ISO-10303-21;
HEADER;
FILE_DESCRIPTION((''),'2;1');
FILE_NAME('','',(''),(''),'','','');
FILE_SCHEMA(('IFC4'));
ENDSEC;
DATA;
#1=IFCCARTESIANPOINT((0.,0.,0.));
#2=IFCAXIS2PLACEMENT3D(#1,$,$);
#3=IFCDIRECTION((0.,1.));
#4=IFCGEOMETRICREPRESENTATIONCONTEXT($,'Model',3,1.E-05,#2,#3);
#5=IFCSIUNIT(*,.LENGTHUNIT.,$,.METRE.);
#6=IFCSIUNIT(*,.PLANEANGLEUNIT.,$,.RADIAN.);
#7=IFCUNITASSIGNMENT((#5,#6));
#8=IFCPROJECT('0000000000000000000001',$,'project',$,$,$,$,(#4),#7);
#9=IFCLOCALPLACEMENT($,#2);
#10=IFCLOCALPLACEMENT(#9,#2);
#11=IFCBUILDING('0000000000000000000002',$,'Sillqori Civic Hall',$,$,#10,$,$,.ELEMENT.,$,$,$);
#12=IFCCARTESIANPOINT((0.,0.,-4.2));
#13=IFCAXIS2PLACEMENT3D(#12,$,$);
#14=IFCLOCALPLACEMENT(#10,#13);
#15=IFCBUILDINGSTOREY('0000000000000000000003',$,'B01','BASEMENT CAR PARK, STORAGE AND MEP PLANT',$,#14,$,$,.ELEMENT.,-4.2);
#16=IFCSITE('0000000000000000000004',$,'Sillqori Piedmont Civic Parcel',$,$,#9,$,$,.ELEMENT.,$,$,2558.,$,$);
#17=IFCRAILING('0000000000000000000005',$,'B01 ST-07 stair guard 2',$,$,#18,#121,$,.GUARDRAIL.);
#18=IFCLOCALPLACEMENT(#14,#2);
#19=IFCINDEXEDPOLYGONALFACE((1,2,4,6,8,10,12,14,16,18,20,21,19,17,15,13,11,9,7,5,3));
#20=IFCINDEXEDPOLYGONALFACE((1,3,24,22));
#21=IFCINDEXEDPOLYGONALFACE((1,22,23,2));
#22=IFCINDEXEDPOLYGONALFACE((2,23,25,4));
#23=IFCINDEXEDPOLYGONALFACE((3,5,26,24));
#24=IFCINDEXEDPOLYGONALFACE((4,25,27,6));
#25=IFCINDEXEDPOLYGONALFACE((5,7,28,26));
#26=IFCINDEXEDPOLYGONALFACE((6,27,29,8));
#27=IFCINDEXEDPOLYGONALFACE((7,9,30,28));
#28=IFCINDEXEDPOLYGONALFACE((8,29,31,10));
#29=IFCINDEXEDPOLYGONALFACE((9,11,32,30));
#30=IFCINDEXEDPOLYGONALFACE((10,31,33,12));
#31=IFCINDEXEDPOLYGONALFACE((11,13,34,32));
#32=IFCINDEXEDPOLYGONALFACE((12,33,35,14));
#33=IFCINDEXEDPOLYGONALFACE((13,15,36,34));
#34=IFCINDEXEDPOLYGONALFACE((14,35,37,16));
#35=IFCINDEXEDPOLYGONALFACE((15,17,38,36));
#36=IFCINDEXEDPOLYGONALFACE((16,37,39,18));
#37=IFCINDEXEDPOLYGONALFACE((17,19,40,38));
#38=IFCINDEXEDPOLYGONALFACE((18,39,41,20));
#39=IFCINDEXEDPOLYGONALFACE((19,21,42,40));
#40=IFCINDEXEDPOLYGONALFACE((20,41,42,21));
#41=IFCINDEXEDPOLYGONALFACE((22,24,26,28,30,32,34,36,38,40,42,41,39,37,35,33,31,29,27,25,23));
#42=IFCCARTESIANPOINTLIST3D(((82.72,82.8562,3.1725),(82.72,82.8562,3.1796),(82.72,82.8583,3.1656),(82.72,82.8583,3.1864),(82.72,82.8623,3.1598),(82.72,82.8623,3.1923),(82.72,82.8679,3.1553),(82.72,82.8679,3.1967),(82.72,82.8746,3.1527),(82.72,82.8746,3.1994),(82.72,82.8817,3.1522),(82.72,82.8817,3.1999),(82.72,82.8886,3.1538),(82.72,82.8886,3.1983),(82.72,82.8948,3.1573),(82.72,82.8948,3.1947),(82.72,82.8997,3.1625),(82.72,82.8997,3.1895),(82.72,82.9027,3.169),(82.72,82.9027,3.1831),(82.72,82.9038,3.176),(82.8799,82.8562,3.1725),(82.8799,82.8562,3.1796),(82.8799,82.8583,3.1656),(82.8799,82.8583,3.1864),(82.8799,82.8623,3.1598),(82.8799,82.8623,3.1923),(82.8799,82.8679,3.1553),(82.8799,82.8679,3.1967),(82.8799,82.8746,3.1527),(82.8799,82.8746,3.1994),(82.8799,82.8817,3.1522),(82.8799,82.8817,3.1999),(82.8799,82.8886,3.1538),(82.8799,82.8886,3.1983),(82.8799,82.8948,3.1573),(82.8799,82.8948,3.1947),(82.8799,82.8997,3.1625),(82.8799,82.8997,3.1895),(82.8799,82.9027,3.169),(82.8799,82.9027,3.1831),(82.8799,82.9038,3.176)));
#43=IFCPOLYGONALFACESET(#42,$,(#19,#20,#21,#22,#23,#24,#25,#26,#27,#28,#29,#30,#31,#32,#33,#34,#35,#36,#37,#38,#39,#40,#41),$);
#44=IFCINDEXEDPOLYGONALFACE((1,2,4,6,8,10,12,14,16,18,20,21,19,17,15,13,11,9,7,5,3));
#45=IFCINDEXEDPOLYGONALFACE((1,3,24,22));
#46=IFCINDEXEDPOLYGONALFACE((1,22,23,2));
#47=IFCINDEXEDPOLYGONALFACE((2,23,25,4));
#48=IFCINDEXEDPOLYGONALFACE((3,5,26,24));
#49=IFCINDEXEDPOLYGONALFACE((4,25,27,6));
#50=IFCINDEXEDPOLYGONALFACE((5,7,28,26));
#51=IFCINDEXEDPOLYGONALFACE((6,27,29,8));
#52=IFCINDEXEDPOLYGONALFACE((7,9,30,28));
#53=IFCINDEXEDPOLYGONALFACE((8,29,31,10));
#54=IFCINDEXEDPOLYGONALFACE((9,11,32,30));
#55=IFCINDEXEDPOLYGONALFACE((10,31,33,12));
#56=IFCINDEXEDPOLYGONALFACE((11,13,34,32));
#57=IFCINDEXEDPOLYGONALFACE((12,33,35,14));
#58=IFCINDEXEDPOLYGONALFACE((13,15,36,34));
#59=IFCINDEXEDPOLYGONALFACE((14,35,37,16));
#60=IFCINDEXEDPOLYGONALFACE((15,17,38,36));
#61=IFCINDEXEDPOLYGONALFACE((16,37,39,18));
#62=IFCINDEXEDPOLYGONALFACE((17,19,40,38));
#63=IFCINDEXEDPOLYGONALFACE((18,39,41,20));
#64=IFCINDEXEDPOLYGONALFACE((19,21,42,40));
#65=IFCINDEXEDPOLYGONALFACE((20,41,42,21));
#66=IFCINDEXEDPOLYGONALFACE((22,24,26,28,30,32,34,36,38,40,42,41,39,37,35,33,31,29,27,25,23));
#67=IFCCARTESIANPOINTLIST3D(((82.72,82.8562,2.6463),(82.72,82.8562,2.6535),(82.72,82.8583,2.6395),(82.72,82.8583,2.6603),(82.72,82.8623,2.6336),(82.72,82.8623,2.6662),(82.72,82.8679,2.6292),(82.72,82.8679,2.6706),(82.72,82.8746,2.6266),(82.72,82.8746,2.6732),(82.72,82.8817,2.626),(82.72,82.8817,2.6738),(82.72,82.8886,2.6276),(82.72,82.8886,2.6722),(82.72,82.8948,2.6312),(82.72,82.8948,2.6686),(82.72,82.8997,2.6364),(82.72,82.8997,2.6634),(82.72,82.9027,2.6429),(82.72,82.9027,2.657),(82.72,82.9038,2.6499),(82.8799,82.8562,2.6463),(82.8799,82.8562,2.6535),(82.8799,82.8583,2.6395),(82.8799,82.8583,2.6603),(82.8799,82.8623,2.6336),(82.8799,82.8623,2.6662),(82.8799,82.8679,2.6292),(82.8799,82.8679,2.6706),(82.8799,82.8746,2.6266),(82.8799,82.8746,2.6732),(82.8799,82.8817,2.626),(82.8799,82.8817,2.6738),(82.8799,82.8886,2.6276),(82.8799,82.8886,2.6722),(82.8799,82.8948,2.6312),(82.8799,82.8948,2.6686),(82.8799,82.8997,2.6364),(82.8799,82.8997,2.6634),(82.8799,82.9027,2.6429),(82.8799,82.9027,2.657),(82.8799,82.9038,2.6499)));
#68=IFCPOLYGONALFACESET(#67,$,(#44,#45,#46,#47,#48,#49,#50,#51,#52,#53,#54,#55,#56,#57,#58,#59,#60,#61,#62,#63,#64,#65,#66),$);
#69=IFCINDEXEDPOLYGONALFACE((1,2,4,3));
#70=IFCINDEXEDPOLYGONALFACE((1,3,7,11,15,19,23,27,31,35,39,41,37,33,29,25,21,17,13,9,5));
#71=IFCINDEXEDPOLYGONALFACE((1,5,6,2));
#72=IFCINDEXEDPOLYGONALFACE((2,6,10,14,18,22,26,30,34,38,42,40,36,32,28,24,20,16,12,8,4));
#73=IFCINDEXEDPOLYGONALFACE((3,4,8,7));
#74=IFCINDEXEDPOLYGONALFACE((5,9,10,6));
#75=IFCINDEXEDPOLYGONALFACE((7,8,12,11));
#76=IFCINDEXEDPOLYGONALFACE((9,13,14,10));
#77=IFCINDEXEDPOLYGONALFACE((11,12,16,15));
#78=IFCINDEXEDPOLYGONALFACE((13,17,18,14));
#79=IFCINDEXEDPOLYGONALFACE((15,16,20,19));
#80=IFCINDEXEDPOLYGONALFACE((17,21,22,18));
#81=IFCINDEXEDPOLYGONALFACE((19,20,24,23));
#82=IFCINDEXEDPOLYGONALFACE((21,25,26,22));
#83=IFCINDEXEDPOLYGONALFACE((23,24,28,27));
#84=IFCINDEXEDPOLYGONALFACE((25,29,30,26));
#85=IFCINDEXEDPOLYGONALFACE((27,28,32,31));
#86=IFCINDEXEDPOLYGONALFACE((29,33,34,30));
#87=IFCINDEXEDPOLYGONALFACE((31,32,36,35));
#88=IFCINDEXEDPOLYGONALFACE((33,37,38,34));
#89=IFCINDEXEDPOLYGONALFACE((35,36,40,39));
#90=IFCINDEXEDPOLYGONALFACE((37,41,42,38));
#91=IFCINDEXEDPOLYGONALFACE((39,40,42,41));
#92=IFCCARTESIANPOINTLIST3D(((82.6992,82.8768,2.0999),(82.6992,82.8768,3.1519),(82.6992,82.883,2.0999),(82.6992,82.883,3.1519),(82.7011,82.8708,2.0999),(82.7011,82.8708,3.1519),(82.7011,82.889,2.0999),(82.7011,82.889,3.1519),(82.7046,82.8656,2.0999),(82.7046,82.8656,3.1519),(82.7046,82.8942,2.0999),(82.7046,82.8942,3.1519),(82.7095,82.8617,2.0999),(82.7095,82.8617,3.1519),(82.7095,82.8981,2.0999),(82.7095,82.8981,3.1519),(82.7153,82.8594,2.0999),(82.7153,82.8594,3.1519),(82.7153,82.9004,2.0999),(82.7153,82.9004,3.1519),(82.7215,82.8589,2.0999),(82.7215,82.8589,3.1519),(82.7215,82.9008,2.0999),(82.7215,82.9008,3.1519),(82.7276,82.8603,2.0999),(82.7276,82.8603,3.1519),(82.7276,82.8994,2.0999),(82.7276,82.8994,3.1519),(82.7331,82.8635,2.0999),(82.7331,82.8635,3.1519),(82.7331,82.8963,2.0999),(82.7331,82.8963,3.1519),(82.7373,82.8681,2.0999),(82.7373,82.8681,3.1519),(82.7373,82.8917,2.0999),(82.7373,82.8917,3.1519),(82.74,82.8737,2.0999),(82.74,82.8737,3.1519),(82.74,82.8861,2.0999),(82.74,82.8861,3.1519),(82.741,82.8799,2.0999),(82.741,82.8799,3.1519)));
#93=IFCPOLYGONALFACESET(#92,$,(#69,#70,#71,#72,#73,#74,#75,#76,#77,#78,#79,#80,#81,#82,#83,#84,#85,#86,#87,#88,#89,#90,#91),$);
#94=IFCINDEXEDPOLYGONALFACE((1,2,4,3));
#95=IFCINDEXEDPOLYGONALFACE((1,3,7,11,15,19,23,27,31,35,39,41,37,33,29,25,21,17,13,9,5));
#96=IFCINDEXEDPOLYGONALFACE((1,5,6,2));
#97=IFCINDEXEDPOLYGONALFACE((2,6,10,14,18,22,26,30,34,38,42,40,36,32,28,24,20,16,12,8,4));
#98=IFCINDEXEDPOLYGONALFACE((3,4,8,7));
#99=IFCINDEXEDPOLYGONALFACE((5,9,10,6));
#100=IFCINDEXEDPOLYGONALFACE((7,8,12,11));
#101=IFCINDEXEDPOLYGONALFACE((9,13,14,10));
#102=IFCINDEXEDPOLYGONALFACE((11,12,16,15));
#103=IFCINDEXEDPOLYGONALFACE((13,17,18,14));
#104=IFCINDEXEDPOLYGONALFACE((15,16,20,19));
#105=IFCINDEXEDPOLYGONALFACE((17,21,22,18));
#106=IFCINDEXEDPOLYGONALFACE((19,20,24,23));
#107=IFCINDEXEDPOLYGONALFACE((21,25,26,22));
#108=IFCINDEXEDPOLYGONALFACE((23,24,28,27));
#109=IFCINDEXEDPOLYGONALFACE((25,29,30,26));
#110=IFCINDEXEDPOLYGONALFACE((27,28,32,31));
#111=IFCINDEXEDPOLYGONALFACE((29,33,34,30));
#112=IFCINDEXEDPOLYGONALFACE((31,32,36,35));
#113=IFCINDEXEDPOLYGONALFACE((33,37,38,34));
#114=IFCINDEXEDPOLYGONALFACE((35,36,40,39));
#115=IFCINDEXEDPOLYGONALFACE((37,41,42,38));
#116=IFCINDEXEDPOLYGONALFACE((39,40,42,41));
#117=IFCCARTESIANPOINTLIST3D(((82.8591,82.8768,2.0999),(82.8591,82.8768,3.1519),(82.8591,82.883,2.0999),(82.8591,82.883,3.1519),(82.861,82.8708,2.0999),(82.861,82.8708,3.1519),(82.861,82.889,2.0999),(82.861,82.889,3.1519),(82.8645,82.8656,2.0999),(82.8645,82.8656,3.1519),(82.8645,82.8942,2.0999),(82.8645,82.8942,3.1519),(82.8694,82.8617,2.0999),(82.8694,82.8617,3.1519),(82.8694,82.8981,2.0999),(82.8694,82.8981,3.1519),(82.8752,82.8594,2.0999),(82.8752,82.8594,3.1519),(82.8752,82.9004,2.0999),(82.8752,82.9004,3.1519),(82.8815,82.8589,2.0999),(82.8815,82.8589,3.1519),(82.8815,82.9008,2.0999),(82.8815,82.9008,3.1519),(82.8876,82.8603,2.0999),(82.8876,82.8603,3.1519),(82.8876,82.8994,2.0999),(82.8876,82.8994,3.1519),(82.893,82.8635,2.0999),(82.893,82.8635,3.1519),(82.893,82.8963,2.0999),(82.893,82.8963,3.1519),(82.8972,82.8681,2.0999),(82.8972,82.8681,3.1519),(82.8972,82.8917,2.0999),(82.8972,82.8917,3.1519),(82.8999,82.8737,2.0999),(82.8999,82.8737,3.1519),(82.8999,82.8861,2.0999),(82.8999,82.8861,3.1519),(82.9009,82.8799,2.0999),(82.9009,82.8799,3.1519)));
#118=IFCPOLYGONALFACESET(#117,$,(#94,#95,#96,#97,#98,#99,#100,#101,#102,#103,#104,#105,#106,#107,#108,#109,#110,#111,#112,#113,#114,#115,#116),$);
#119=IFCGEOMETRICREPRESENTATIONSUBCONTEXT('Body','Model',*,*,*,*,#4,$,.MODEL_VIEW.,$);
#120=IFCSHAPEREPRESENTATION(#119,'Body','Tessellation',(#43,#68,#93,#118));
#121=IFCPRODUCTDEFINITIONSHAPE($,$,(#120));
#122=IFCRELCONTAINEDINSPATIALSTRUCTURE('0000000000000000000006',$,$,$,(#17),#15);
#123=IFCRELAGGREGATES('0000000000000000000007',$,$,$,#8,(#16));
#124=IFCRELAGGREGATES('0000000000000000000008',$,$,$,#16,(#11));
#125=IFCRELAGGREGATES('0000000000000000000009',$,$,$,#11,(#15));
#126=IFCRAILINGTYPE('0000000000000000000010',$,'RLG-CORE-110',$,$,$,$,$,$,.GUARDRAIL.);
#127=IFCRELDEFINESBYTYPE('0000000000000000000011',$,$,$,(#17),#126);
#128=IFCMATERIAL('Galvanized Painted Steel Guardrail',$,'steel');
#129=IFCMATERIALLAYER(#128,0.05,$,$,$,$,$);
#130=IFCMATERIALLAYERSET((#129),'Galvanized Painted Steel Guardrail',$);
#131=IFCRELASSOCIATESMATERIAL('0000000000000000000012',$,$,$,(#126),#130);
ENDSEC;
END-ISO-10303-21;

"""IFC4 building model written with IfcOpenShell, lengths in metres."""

from ifc_helpers import new_model, si_unit, direction, frame, origin, origin_2d, place, context, subcontext, project, spatial, circle, extrude, material, layer, layer_set, type_object, element, save


model = new_model("IFC4")

# Units and contexts
model_context = context("Model", 3, precision=1e-05, world=origin(), true_north=direction((0.0, 1.0)))
body_context = subcontext(model_context, "Body", "Model", "MODEL_VIEW")
ifc_project = project(units=[si_unit("LENGTHUNIT", "METRE"), si_unit("PLANEANGLEUNIT", "RADIAN")], contexts=[model_context])

# Site, building, storey
site_placement = place(None, origin())
site = spatial("IfcSite", under=ifc_project, at=site_placement, Name="Sillqori Piedmont Civic Parcel", CompositionType="ELEMENT", RefElevation=2558.0)
building_placement = place(site_placement, origin())
building = spatial("IfcBuilding", under=site, at=building_placement, Name="Sillqori Civic Hall", CompositionType="ELEMENT")
storey_placement = place(building_placement, frame((0.0, 0.0, -4.2)))
storey = spatial("IfcBuildingStorey", under=building, at=storey_placement, Name="B01", Description="BASEMENT CAR PARK, STORAGE AND MEP PLANT", CompositionType="ELEMENT", Elevation=-4.2)

# Railing
ifc_material_1 = material(Name="Galvanized Painted Steel Guardrail", Category="steel")
ifc_layer_1 = layer(ifc_material_1, 0.05)
ifc_layer_set_1 = layer_set([ifc_layer_1], Name="Galvanized Painted Steel Guardrail")
railing_type = type_object("IfcRailingType", Name="RLG-CORE-110", PredefinedType="GUARDRAIL", material=ifc_layer_set_1)
railing_placement = place(storey_placement, frame((82.72, 82.8799, 2.0999)))
element("IfcRailing", 1, at=railing_placement, inside=storey, type_object=railing_type, Name="B01 ST-07 stair guard 2", PredefinedType="GUARDRAIL", context=body_context, shape_type="SweptSolid", body=[
    extrude(circle(Radius=0.0239, at=origin_2d()), frame((0.0, 0.0, 1.0762), z_axis=(1.0, 0.0, 0.0), x_axis=(0.0, 1.0, 0.0)), (0.0, 0.0, 1.0), 0.1599),
    extrude(circle(Radius=0.0239, at=origin_2d()), frame((0.0, 0.0, 0.55), z_axis=(1.0, 0.0, 0.0), x_axis=(0.0, 1.0, 0.0)), (0.0, 0.0, 1.0), 0.1599),
    extrude(circle(Radius=0.021, at=origin_2d()), origin(), (0.0, 0.0, 1.0), 1.052),
    extrude(circle(Radius=0.021, at=origin_2d()), frame((0.1599, 0.0, 0.0)), (0.0, 0.0, 1.0), 1.052),
])

save(model, "model.ifc")
